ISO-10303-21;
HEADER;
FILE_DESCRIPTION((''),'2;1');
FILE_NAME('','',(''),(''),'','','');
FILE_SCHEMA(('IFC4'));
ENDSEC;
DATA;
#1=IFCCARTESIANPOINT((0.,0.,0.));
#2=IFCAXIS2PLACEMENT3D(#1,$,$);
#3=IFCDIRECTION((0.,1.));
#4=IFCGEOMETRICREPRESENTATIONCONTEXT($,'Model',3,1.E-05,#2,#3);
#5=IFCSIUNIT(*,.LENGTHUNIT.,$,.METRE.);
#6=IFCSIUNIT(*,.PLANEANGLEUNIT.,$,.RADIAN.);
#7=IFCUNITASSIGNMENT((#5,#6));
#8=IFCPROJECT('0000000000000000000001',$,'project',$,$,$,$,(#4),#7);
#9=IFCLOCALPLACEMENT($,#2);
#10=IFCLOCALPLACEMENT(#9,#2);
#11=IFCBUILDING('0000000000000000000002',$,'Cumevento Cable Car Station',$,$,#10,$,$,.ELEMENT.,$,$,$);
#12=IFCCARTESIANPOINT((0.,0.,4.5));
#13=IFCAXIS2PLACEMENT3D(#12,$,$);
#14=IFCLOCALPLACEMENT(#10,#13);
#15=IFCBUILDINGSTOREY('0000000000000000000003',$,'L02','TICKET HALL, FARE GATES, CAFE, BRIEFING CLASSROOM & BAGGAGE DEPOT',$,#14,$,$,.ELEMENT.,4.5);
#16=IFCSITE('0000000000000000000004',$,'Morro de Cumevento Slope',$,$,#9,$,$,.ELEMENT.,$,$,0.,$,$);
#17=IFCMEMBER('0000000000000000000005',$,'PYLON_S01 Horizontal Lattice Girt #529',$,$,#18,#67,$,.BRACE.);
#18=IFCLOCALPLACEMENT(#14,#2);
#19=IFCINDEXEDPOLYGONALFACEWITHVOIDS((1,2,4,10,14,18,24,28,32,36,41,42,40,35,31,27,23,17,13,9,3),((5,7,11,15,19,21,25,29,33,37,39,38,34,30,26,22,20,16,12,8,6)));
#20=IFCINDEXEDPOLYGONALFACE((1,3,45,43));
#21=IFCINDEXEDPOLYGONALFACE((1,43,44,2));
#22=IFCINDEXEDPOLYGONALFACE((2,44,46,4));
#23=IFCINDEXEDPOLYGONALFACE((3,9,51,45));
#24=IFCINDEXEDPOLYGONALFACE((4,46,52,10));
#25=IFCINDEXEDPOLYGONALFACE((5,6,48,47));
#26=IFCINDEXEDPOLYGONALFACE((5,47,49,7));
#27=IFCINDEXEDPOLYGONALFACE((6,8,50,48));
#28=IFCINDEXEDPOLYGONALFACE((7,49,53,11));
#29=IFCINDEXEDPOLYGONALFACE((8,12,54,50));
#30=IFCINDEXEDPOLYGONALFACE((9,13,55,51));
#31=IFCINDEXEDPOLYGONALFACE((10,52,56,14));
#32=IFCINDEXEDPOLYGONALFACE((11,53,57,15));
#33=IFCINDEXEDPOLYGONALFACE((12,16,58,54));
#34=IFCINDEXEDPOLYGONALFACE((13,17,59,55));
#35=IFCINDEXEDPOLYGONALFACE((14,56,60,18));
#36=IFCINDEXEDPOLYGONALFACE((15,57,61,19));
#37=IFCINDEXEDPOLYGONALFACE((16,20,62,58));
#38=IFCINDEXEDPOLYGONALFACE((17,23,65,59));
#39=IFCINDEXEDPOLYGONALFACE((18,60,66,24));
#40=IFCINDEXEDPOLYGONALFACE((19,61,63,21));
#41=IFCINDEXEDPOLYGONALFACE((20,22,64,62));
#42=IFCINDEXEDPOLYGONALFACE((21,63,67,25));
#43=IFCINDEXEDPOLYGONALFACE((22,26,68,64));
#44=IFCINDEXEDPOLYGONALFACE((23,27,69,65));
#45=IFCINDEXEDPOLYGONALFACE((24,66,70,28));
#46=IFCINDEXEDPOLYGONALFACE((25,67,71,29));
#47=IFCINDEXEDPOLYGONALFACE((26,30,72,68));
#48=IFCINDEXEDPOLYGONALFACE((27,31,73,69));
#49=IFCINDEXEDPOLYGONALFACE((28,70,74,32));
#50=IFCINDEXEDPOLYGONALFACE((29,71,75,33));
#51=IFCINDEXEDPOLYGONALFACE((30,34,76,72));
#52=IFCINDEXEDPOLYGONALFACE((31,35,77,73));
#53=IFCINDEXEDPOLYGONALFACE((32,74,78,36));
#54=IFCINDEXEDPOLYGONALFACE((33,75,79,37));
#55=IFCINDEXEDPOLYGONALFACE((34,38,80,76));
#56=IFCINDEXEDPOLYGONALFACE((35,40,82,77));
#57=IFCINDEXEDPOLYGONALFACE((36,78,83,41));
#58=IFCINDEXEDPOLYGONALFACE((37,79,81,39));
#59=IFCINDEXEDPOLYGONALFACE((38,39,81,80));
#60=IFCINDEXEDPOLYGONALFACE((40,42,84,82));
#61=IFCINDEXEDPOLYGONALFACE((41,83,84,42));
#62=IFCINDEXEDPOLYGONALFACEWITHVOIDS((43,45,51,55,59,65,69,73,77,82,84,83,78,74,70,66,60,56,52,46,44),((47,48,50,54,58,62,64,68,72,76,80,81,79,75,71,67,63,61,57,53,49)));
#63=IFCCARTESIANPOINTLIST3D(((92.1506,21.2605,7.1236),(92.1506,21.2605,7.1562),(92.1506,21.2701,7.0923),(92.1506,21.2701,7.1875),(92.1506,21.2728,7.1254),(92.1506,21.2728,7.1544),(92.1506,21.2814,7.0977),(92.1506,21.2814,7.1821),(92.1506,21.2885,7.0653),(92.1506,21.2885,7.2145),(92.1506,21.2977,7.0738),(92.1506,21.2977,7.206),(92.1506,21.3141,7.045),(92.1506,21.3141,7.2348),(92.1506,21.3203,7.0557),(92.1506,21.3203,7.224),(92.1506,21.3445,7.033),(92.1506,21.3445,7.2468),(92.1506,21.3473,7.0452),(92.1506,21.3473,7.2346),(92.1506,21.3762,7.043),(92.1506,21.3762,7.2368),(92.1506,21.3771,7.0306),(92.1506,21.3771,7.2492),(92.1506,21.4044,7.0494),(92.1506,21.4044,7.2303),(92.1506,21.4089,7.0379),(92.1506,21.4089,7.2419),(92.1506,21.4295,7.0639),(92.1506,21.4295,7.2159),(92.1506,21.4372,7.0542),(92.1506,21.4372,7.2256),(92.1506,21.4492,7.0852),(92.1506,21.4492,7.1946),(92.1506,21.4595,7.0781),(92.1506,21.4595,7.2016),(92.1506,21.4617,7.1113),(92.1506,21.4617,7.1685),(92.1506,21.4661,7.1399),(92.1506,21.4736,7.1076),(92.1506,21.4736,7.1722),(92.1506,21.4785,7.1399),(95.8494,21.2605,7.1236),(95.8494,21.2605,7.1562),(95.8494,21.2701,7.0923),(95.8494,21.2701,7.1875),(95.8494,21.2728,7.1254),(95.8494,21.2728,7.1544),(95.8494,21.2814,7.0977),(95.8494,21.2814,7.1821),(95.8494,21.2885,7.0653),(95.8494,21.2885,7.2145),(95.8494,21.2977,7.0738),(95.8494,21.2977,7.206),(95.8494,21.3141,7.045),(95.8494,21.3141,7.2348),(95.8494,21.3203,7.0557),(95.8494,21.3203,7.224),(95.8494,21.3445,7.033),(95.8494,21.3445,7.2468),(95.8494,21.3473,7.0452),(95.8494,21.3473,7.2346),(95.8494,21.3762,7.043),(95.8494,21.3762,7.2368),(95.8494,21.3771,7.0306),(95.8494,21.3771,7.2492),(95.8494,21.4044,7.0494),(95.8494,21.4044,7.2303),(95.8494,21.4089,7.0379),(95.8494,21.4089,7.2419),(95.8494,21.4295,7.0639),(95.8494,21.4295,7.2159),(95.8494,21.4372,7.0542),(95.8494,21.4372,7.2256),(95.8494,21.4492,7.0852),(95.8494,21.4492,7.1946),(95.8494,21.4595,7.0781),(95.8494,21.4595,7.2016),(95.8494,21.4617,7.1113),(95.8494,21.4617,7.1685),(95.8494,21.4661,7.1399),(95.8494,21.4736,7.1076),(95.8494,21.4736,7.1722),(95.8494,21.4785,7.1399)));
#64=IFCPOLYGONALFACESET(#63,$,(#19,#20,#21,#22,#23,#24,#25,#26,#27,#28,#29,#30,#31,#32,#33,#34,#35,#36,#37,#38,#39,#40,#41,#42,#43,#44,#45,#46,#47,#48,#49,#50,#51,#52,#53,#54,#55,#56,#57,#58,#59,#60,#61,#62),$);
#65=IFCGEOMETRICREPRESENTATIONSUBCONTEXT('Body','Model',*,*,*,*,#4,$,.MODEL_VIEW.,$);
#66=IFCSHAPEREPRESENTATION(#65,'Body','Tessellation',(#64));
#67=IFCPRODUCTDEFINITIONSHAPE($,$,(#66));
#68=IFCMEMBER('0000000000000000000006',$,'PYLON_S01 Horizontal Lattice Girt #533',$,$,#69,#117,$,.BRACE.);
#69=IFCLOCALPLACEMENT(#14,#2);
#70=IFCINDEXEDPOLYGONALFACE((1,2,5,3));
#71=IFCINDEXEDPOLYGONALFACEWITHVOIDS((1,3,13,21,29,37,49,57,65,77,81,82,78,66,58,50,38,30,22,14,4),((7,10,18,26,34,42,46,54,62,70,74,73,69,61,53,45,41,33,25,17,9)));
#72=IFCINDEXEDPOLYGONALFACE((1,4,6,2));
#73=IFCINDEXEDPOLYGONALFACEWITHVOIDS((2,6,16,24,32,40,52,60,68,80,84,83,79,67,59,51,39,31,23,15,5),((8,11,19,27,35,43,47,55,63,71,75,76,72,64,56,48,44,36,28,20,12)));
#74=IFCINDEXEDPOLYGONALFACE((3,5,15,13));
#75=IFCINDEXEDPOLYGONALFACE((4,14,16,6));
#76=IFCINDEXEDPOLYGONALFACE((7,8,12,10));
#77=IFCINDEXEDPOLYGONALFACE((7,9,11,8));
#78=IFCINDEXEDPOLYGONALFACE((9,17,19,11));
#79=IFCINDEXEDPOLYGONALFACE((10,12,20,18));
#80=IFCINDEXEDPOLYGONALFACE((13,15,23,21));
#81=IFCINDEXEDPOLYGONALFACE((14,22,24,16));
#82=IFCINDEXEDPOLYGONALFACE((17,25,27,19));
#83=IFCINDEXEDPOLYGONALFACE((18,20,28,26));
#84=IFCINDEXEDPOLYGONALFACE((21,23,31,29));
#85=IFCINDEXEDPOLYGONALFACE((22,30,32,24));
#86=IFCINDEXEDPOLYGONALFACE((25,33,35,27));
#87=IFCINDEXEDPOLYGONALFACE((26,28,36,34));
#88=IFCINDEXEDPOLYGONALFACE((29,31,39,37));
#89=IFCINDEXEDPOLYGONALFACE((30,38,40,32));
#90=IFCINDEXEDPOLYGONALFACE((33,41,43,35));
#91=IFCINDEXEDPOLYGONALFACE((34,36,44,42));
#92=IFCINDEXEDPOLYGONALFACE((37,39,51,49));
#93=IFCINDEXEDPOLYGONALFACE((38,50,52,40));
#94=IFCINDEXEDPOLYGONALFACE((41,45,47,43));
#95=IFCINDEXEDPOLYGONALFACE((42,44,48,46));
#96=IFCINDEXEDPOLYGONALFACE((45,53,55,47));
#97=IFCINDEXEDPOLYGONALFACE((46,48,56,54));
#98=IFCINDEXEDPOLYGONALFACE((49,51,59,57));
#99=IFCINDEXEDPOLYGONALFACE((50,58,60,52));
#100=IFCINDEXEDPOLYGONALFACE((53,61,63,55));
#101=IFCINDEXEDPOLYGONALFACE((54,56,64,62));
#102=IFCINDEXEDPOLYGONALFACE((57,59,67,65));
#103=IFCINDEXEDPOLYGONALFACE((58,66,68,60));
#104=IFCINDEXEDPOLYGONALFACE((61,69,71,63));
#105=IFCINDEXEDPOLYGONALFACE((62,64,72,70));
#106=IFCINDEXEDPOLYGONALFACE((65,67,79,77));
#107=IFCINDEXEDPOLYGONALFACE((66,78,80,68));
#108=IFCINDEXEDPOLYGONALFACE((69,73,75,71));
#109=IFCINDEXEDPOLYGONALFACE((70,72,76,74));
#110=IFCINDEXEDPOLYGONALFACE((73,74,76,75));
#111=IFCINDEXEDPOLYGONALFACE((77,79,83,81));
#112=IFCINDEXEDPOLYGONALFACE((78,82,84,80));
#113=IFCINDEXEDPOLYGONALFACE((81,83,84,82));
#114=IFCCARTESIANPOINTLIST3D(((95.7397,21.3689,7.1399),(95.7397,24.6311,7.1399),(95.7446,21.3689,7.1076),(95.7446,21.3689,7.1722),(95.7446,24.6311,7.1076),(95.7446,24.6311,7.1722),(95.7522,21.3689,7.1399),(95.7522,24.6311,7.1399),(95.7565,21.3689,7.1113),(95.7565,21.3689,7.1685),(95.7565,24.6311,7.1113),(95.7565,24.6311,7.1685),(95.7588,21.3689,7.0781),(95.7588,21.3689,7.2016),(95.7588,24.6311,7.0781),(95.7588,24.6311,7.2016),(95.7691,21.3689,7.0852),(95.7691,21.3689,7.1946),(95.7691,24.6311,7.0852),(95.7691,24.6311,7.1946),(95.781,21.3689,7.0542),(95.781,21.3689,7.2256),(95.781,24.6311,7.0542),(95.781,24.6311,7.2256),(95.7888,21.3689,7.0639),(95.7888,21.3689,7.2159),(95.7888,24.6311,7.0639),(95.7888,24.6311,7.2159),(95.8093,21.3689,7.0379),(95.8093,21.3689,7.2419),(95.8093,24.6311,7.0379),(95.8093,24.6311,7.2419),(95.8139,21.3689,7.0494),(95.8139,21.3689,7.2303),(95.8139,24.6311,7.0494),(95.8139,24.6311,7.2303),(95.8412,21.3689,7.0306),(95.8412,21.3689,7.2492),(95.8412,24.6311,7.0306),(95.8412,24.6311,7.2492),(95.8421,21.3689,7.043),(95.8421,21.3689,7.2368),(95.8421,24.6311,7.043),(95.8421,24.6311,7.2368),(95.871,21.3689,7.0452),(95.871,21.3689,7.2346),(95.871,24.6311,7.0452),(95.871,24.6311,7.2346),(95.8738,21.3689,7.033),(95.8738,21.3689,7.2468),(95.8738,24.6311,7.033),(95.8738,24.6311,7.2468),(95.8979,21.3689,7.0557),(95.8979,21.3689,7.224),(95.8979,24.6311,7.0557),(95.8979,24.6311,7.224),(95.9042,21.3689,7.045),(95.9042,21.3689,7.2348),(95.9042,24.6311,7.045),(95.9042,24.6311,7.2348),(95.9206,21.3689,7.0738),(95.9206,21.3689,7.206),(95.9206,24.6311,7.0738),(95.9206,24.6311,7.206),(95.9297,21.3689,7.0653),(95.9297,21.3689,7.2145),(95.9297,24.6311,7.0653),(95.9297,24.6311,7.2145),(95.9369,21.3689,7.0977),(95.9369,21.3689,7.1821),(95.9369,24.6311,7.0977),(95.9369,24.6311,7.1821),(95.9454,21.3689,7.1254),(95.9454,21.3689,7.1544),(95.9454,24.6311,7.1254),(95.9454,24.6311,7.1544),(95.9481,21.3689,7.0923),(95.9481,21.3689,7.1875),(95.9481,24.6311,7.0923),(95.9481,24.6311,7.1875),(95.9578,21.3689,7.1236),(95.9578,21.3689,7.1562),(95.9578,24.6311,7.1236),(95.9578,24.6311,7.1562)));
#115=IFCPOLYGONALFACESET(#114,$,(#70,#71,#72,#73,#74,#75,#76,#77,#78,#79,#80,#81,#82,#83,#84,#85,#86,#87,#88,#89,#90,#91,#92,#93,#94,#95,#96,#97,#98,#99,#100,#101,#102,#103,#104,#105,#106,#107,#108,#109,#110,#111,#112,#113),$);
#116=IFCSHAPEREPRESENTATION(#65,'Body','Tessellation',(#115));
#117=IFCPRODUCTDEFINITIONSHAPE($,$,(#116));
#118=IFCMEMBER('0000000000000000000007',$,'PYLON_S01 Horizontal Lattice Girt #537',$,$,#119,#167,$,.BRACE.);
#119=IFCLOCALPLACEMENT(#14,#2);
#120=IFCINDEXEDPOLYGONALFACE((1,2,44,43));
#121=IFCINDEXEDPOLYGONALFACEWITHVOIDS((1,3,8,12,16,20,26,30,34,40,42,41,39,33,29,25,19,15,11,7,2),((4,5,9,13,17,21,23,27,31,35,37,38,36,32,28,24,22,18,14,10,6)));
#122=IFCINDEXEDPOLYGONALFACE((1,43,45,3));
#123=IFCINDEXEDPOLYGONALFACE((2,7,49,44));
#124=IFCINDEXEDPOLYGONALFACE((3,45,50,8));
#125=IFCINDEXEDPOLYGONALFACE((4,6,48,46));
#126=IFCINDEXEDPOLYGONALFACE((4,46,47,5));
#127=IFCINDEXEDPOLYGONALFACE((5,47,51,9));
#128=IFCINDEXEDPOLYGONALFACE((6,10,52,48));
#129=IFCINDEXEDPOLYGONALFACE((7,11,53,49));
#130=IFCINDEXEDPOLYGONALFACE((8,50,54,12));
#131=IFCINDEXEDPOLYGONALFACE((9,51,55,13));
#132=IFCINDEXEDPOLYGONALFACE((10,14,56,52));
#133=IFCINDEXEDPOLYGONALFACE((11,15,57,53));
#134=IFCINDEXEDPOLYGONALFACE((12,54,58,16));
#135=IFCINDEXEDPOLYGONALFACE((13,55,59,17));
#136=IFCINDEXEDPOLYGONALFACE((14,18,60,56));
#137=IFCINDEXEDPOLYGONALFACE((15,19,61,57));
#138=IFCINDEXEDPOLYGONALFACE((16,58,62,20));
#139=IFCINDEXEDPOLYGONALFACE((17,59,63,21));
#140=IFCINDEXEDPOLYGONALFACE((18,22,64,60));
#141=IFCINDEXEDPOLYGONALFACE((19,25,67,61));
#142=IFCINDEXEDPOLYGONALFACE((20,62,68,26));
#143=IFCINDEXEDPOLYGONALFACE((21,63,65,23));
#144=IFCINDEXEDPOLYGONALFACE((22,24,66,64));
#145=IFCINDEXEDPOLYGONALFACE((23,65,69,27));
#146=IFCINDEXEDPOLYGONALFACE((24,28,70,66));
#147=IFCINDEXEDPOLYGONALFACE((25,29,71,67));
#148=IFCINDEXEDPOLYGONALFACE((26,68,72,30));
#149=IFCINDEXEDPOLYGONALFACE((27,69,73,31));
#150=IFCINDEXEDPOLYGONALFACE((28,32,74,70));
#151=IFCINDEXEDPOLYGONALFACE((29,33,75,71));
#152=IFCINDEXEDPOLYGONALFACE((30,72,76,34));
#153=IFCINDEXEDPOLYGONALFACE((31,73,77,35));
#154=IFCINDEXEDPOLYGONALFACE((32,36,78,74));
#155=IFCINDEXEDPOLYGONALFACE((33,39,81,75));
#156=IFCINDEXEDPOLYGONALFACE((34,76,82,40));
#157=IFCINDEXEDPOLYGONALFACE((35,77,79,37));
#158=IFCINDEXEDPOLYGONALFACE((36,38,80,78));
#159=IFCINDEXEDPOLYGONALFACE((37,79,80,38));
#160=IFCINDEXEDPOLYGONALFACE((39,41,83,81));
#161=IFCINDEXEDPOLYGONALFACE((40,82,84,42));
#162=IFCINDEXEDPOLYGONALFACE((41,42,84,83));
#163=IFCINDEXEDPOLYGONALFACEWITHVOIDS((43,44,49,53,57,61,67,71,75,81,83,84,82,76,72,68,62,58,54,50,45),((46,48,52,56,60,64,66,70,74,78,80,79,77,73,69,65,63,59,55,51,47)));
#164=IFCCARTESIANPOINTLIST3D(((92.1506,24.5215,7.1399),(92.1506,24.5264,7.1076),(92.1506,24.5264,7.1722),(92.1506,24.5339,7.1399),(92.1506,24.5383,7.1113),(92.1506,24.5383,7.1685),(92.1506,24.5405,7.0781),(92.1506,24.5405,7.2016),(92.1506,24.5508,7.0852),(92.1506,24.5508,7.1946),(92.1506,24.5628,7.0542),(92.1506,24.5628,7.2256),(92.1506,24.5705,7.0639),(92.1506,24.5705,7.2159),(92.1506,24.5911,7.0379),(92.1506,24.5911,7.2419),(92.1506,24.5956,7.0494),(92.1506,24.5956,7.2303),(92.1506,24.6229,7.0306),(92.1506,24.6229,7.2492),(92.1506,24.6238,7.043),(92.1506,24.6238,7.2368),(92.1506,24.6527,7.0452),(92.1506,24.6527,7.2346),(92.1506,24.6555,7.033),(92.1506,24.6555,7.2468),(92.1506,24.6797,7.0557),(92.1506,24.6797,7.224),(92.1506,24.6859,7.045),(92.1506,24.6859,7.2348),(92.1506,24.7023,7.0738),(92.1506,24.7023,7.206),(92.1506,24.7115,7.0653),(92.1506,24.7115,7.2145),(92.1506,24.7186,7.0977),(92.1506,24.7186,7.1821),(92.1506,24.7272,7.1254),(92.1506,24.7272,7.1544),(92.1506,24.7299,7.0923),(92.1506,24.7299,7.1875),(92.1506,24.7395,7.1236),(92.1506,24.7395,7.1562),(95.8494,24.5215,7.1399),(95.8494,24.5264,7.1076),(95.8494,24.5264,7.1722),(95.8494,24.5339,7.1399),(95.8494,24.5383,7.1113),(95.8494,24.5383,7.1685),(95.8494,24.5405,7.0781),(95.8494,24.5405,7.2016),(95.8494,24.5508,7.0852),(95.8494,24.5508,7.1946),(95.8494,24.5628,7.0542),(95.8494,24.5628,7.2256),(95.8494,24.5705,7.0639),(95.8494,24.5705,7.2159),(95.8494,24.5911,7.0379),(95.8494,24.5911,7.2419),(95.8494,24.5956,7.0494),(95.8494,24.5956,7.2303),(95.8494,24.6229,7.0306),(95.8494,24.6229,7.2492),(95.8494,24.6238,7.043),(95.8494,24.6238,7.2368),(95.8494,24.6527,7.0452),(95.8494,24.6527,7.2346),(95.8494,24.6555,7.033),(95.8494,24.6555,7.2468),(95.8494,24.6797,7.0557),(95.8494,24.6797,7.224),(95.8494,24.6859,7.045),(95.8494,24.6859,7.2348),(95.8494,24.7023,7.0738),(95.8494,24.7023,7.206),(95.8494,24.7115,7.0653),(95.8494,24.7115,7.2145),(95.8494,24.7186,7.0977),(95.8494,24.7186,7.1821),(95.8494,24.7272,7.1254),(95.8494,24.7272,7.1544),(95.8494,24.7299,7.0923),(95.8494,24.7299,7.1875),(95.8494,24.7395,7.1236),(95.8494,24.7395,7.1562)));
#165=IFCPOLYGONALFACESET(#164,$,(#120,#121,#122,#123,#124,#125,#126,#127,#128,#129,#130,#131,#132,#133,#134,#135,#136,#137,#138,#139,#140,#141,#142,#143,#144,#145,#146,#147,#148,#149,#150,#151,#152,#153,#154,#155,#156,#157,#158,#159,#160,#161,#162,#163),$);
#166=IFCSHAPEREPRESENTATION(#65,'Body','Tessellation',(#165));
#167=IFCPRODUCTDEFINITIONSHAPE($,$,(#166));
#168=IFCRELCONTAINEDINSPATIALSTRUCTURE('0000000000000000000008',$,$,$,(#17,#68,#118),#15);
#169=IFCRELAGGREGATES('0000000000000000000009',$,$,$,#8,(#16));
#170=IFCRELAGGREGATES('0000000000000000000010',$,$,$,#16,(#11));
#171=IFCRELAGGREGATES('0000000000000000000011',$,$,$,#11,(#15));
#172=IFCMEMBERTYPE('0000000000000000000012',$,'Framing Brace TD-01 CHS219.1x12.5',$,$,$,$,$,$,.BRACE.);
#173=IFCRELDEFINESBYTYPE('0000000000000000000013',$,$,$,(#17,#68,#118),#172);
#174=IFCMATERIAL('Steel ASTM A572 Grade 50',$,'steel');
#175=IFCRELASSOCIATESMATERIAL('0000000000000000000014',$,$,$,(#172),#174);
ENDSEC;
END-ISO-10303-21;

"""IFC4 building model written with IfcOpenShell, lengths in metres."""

from ifc_helpers import new_model, si_unit, direction, frame, origin, origin_2d, place, context, subcontext, project, spatial, hollow_circle, extrude, material, material_profile, profile_set, type_object, element, save


model = new_model("IFC4")

# Units and contexts
model_context = context("Model", 3, precision=1e-05, world=origin(), true_north=direction((0.0, 1.0)))
body_context = subcontext(model_context, "Body", "Model", "MODEL_VIEW")
ifc_project = project(units=[si_unit("LENGTHUNIT", "METRE"), si_unit("PLANEANGLEUNIT", "RADIAN")], contexts=[model_context])

# Site, building, storey
site_placement = place(None, origin())
site = spatial("IfcSite", under=ifc_project, at=site_placement, Name="Morro de Cumevento Slope", CompositionType="ELEMENT", RefElevation=0.0)
building_placement = place(site_placement, origin())
building = spatial("IfcBuilding", under=site, at=building_placement, Name="Cumevento Cable Car Station", CompositionType="ELEMENT")
storey_placement = place(building_placement, frame((0.0, 0.0, 4.5)))
storey = spatial("IfcBuildingStorey", under=building, at=storey_placement, Name="L02", Description="TICKET HALL, FARE GATES, CAFE, BRIEFING CLASSROOM & BAGGAGE DEPOT", CompositionType="ELEMENT", Elevation=4.5)

# Members
ifc_material_1 = material(Name="Steel ASTM A572 Grade 50", Category="steel")
ifc_material_profile_1 = material_profile(ifc_material_1, hollow_circle(Radius=0.1096, WallThickness=0.0125, at=origin_2d()), Name="CHS219.1x12.5")
ifc_profile_set_1 = profile_set([ifc_material_profile_1], Name="Steel ASTM A572 Grade 50")
member_type_1 = type_object("IfcMemberType", Name="Framing Brace TD-01 CHS219.1x12.5", PredefinedType="BRACE", material=ifc_profile_set_1)
member_1_placement = place(storey_placement, frame((92.1506, 21.3689, 7.1399), z_axis=(1.0, 0.0, 0.0), x_axis=(0.0, 1.0, 0.0)))
element("IfcMember", 1, at=member_1_placement, inside=storey, type_object=member_type_1, Name="PYLON_S01 Horizontal Lattice Girt #529", PredefinedType="BRACE", context=body_context, shape_type="SweptSolid", body=[
    extrude(hollow_circle(Radius=0.1096, WallThickness=0.0125, at=origin_2d()), origin(), (0.0, 0.0, 1.0), 3.6987),
])
member_2_placement = place(storey_placement, frame((95.8494, 21.3689, 7.1399), z_axis=(0.0, 1.0, 0.0), x_axis=(-1.0, 0.0, 0.0)))
element("IfcMember", 2, at=member_2_placement, inside=storey, type_object=member_type_1, Name="PYLON_S01 Horizontal Lattice Girt #533", PredefinedType="BRACE", context=body_context, shape_type="SweptSolid", body=[
    extrude(hollow_circle(Radius=0.1096, WallThickness=0.0125, at=origin_2d()), origin(), (0.0, 0.0, 1.0), 3.2622),
])
member_3_placement = place(storey_placement, frame((95.8494, 24.6311, 7.1399), z_axis=(-1.0, 0.0, 0.0), x_axis=(0.0, -1.0, 0.0)))
element("IfcMember", 3, at=member_3_placement, inside=storey, type_object=member_type_1, Name="PYLON_S01 Horizontal Lattice Girt #537", PredefinedType="BRACE", context=body_context, shape_type="SweptSolid", body=[
    extrude(hollow_circle(Radius=0.1096, WallThickness=0.0125, at=origin_2d()), origin(), (0.0, 0.0, 1.0), 3.6987),
])

save(model, "model.ifc")
